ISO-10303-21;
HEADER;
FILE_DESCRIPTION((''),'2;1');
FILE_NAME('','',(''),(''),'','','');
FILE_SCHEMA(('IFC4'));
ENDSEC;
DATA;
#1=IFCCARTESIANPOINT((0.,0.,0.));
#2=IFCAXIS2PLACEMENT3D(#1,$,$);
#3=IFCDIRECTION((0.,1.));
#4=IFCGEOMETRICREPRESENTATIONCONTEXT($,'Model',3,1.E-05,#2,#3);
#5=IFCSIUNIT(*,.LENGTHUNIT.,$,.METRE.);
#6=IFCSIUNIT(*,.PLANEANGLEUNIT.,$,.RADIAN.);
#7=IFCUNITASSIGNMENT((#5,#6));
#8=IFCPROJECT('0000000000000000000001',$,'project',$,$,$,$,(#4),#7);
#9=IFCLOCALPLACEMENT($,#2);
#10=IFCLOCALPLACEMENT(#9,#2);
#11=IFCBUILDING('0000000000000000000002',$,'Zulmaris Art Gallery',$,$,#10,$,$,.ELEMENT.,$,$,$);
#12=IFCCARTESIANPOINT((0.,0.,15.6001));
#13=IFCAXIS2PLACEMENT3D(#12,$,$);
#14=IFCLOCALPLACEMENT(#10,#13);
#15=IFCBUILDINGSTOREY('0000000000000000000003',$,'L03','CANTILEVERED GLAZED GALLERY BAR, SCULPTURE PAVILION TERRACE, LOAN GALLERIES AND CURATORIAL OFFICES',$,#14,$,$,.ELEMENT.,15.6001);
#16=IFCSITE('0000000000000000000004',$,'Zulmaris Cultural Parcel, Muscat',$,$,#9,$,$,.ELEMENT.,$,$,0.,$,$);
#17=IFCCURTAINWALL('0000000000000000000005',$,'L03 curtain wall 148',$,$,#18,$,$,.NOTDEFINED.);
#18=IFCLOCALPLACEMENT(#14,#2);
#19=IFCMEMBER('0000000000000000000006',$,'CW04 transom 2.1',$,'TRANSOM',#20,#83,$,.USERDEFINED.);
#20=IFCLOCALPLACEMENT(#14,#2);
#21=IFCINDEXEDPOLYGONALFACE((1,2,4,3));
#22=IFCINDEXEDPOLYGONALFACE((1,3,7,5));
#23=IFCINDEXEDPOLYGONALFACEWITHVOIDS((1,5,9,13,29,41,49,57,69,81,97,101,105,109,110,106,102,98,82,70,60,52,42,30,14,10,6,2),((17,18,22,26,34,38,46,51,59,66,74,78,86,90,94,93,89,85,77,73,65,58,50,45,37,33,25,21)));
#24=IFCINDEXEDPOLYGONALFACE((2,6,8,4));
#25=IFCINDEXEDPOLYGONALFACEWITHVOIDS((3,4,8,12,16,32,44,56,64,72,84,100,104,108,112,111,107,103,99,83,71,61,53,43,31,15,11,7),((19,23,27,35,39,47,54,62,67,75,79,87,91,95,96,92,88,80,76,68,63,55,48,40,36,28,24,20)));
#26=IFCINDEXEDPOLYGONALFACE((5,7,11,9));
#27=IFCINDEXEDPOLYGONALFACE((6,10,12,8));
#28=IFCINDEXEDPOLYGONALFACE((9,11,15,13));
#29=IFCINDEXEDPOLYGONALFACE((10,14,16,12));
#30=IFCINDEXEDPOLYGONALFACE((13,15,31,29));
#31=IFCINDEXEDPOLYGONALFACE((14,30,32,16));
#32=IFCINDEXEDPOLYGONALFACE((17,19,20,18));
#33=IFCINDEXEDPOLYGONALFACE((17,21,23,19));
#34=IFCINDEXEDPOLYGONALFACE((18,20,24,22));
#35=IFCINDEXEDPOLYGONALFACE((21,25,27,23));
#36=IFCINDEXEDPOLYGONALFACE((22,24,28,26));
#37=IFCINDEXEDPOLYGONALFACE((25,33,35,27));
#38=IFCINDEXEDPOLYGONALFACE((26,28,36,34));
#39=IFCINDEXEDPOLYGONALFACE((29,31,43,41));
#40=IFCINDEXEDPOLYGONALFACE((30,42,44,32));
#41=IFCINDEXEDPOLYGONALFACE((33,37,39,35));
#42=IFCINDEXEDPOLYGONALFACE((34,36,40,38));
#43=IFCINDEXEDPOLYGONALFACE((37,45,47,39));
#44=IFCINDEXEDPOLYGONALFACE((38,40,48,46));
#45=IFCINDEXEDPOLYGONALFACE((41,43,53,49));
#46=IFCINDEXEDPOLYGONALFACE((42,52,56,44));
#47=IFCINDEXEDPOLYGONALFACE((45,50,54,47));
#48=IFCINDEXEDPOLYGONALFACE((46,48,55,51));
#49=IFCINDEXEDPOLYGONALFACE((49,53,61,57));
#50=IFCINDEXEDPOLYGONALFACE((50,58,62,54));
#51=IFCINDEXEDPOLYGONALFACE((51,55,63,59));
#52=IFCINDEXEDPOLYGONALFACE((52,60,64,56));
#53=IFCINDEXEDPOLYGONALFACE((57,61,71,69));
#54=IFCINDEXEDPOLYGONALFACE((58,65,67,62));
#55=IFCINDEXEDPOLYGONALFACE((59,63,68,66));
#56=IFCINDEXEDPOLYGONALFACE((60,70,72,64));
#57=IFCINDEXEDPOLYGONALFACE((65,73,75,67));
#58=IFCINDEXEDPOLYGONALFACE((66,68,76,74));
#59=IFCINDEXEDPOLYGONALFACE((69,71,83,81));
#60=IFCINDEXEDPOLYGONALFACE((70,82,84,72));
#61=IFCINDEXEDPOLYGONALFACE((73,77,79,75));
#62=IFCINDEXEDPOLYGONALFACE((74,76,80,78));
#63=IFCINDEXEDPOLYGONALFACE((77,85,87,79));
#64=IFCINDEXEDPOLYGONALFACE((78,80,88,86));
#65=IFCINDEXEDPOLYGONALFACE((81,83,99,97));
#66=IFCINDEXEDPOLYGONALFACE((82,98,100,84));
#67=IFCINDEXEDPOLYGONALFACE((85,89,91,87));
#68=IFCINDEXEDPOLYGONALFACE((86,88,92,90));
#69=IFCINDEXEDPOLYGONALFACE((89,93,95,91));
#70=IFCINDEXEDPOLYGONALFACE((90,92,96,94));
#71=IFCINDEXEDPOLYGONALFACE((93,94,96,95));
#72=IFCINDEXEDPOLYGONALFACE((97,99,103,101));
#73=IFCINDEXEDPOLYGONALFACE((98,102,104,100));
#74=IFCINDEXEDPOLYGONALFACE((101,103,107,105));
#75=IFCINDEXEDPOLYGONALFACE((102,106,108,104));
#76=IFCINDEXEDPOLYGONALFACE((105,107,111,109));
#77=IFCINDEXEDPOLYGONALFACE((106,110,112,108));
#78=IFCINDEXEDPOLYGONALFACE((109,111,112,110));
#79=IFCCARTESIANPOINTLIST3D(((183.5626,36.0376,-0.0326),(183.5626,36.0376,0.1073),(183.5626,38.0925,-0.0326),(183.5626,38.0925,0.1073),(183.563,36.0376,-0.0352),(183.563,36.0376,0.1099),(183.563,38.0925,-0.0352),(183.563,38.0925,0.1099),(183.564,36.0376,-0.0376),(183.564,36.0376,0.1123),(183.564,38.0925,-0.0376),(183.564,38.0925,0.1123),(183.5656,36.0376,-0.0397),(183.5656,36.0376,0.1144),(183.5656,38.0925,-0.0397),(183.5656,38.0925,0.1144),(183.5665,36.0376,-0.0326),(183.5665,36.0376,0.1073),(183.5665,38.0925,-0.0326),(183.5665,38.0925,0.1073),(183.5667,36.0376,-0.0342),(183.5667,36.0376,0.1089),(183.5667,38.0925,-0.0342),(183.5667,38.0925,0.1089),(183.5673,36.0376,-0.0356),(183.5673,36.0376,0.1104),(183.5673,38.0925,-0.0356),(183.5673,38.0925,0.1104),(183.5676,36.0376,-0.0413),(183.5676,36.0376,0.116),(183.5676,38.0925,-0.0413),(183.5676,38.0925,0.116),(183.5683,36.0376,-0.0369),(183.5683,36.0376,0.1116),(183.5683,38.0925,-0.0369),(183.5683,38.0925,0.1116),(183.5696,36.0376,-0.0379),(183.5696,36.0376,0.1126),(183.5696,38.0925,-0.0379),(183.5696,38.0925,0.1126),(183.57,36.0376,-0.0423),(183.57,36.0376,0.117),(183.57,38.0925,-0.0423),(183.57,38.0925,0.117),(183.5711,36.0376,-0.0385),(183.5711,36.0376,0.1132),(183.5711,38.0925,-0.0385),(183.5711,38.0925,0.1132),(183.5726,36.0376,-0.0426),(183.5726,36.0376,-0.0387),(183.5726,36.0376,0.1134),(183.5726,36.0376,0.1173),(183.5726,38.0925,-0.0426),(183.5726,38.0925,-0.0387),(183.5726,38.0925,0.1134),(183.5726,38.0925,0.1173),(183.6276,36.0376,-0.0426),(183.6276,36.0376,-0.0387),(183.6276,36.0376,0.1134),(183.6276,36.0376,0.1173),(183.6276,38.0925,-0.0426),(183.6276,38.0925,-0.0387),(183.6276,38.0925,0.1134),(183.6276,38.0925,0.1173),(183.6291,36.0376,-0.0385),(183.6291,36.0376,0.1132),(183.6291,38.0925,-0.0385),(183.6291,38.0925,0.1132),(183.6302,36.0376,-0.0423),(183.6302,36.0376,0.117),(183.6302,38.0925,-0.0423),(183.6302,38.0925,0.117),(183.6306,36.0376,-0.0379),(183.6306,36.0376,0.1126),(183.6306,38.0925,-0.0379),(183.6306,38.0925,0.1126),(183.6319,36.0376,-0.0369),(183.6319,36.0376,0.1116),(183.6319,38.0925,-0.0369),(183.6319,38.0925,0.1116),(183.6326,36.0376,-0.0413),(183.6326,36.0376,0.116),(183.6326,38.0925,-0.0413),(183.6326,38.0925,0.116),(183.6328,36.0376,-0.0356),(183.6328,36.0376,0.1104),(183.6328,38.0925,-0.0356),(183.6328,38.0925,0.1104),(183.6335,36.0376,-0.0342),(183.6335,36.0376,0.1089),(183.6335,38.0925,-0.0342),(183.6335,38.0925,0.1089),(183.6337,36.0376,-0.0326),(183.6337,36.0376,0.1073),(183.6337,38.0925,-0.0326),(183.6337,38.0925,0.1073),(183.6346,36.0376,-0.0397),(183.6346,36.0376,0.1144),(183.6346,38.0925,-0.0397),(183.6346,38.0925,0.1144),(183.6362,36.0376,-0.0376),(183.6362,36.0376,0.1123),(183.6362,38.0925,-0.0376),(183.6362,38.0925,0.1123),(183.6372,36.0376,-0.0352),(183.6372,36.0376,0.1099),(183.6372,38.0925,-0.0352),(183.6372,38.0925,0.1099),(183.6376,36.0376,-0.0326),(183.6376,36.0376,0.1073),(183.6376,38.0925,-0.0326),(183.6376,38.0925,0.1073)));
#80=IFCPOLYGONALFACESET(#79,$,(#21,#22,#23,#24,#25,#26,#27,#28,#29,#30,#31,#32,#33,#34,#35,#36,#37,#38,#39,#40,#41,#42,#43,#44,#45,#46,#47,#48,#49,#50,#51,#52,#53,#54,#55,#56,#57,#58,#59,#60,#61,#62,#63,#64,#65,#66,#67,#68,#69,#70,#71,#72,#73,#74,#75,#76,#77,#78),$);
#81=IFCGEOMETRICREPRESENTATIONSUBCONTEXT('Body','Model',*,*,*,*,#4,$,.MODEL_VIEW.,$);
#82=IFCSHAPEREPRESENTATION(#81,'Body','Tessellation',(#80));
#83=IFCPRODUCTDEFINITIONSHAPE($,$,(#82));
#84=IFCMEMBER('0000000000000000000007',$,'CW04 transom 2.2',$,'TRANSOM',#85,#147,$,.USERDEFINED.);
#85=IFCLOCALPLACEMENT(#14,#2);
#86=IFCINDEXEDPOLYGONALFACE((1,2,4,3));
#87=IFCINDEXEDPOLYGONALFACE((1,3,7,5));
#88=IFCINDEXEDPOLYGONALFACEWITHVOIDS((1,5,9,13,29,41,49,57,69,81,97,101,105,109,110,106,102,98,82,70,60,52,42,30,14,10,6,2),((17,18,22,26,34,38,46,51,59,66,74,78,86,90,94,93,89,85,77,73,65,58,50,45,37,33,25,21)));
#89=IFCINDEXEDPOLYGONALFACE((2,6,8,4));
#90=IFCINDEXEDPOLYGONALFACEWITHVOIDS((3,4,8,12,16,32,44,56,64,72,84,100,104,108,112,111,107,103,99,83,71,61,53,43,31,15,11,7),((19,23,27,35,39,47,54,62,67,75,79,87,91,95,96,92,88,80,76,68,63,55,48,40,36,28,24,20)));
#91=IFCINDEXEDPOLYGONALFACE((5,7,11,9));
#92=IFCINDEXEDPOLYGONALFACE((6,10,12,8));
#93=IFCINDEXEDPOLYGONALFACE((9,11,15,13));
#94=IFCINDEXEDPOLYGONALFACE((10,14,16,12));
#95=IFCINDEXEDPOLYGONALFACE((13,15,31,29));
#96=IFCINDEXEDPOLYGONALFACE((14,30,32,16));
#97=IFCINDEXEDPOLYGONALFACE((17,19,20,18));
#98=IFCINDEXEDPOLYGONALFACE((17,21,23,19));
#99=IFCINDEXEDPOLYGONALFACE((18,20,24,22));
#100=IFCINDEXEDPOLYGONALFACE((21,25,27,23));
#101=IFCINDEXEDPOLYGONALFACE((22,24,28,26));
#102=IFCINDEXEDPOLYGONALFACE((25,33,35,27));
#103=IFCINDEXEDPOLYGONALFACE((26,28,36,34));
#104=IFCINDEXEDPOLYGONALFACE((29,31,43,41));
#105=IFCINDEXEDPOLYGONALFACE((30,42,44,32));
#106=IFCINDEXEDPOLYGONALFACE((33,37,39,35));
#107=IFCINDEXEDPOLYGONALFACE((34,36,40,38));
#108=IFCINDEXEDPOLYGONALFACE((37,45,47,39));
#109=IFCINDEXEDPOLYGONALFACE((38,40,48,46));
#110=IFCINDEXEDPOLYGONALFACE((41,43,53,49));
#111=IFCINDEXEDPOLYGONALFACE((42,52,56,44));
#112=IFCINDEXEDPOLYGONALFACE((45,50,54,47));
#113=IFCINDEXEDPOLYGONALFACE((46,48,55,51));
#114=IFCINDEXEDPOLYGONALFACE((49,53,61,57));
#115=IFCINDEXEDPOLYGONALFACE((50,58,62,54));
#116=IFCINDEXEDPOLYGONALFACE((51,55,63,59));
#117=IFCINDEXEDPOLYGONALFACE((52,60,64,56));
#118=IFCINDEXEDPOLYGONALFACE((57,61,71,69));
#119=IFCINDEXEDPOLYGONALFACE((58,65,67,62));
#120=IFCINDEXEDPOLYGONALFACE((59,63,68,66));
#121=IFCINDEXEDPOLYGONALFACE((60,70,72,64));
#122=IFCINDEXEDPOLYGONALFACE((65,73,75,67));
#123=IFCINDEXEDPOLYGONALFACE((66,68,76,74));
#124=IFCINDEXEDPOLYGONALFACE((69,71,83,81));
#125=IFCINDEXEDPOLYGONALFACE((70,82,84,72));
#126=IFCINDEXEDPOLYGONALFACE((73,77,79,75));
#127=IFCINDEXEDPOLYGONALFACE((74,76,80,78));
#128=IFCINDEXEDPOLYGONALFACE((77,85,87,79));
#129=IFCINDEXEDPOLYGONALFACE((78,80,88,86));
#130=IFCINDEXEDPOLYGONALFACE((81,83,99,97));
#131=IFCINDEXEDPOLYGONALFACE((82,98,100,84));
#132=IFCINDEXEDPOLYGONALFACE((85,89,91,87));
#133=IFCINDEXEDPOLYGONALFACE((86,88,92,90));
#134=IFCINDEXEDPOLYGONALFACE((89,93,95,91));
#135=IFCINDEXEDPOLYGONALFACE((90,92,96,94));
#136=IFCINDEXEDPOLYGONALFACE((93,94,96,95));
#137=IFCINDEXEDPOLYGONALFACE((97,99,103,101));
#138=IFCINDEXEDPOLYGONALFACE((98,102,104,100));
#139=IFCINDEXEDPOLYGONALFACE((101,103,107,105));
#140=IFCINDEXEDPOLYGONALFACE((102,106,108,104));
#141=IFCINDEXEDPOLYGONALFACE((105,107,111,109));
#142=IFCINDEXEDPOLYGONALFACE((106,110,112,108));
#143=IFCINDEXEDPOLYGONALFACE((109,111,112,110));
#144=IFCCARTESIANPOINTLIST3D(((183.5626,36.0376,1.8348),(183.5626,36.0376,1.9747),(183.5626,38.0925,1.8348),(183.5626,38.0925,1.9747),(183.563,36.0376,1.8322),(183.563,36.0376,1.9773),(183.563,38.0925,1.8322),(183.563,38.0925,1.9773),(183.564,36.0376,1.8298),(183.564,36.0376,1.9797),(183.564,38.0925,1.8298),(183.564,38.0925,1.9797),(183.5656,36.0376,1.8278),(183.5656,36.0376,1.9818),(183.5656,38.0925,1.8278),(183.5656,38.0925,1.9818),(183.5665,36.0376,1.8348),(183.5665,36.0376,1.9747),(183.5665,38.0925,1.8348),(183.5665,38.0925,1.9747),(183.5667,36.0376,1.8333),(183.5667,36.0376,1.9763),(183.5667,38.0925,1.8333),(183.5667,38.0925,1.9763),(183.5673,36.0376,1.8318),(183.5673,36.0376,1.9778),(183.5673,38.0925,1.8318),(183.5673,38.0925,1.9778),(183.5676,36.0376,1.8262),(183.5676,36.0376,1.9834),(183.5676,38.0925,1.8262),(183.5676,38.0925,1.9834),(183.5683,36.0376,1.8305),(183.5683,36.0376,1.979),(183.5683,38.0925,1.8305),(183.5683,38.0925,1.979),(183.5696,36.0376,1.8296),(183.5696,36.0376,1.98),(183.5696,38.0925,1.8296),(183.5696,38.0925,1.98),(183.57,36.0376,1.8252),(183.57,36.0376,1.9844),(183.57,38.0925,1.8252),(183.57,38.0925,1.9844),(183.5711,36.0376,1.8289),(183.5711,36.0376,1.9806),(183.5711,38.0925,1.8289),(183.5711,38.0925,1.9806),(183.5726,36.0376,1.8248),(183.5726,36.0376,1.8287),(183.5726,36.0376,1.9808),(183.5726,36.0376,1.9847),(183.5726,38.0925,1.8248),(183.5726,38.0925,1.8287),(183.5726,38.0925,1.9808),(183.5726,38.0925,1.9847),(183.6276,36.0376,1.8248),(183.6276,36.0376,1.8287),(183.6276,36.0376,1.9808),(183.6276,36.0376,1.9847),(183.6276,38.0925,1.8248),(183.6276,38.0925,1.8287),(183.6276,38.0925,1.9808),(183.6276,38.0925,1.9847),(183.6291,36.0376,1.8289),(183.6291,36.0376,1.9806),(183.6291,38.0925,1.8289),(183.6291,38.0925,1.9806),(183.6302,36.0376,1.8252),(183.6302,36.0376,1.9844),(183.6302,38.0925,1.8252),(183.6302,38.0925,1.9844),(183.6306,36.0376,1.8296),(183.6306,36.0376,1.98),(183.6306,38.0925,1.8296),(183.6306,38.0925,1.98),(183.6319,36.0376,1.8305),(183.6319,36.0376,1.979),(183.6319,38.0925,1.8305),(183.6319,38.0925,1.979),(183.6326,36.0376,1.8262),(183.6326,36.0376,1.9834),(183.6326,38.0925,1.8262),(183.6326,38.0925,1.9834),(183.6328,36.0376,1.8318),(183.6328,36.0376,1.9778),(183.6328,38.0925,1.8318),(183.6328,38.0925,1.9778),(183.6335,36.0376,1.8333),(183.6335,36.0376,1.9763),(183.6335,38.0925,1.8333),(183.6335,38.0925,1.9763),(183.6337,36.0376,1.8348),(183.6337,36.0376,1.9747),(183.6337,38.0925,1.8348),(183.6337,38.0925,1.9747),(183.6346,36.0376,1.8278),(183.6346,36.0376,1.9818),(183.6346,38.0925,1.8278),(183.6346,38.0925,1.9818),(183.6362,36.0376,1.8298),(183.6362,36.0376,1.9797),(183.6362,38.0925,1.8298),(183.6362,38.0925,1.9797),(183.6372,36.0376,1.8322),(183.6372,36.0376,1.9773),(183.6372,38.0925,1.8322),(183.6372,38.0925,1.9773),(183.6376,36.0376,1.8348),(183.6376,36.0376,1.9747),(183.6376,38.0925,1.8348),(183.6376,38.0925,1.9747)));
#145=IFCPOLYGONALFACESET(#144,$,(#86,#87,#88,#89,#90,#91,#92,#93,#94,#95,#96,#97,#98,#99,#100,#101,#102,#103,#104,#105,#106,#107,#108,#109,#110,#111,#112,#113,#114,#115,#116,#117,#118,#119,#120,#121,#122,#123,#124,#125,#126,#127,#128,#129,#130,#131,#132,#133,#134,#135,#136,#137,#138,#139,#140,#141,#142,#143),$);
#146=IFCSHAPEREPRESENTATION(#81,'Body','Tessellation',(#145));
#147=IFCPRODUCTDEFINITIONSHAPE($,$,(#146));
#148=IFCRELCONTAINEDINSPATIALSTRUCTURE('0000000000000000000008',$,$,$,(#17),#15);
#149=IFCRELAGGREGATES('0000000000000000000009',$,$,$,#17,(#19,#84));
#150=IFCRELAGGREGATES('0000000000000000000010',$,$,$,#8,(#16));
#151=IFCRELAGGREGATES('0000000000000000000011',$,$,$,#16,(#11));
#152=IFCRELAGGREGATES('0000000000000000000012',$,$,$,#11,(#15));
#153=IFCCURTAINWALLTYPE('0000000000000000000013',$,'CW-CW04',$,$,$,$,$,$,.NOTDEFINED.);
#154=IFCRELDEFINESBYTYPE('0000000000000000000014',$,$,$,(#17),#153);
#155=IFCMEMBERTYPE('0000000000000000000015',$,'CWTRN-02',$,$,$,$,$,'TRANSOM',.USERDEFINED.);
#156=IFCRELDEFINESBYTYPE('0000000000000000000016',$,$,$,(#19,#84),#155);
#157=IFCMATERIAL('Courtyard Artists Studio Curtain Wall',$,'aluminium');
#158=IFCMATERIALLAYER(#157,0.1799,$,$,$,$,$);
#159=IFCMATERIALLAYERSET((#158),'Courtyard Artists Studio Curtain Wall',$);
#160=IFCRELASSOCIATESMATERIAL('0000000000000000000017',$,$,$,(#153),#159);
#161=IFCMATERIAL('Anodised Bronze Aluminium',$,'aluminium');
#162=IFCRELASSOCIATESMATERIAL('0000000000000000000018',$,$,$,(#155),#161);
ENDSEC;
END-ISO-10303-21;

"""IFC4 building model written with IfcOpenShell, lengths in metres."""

from ifc_helpers import new_model, si_unit, direction, frame, origin, origin_2d, place, context, subcontext, project, spatial, hollow_rectangle, extrude, material, layer, layer_set, material_profile, profile_set, type_object, element, aggregate, save


model = new_model("IFC4")

# Units and contexts
model_context = context("Model", 3, precision=1e-05, world=origin(), true_north=direction((0.0, 1.0)))
body_context = subcontext(model_context, "Body", "Model", "MODEL_VIEW")
ifc_project = project(units=[si_unit("LENGTHUNIT", "METRE"), si_unit("PLANEANGLEUNIT", "RADIAN")], contexts=[model_context])

# Site, building, storey
site_placement = place(None, origin())
site = spatial("IfcSite", under=ifc_project, at=site_placement, Name="Zulmaris Cultural Parcel, Muscat", CompositionType="ELEMENT", RefElevation=0.0)
building_placement = place(site_placement, origin())
building = spatial("IfcBuilding", under=site, at=building_placement, Name="Zulmaris Art Gallery", CompositionType="ELEMENT")
storey_placement = place(building_placement, frame((0.0, 0.0, 15.6001)))
storey = spatial("IfcBuildingStorey", under=building, at=storey_placement, Name="L03", Description="CANTILEVERED GLAZED GALLERY BAR, SCULPTURE PAVILION TERRACE, LOAN GALLERIES AND CURATORIAL OFFICES", CompositionType="ELEMENT", Elevation=15.6001)

# Curtain wall
ifc_material_1 = material(Name="Courtyard Artists Studio Curtain Wall", Category="aluminium")
ifc_layer_1 = layer(ifc_material_1, 0.1799)
ifc_layer_set_1 = layer_set([ifc_layer_1], Name="Courtyard Artists Studio Curtain Wall")
curtain_wall_type = type_object("IfcCurtainWallType", Name="CW-CW04", PredefinedType="NOTDEFINED", material=ifc_layer_set_1)
curtain_wall_1_placement = place(storey_placement, origin())
curtain_wall_1 = element("IfcCurtainWall", 1, at=curtain_wall_1_placement, inside=storey, type_object=curtain_wall_type, Name="L03 curtain wall 148", PredefinedType="NOTDEFINED")
ifc_material_2 = material(Name="Anodised Bronze Aluminium", Category="aluminium")

# Members
ifc_material_profile_1 = material_profile(ifc_material_2, hollow_rectangle(XDim=0.075, YDim=0.1599, WallThickness=0.0039, InnerFilletRadius=0.0061, OuterFilletRadius=0.01, at=origin_2d()), Name="ALU 75x160x4")
ifc_profile_set_1 = profile_set([ifc_material_profile_1], Name="Anodised Bronze Aluminium")
member_type_1 = type_object("IfcMemberType", Name="CWTRN-02", ElementType="TRANSOM", PredefinedType="USERDEFINED", material=ifc_profile_set_1)
member_1_placement = place(storey_placement, frame((183.6001, 38.0925, 0.0374), z_axis=(0.0, -1.0, 0.0), x_axis=(1.0, 0.0, 0.0)))
member_1 = element("IfcMember", 2, at=member_1_placement, type_object=member_type_1, Name="CW04 transom 2.1", ObjectType="TRANSOM", PredefinedType="USERDEFINED", context=body_context, shape_type="SweptSolid", body=[
    extrude(hollow_rectangle(XDim=0.075, YDim=0.1599, WallThickness=0.0039, InnerFilletRadius=0.0061, OuterFilletRadius=0.01, at=origin_2d()), origin(), (0.0, 0.0, 1.0), 2.0549),
])
member_2_placement = place(storey_placement, frame((183.6001, 38.0925, 1.9048), z_axis=(0.0, -1.0, 0.0), x_axis=(1.0, 0.0, 0.0)))
member_2 = element("IfcMember", 3, at=member_2_placement, type_object=member_type_1, Name="CW04 transom 2.2", ObjectType="TRANSOM", PredefinedType="USERDEFINED", context=body_context, shape_type="SweptSolid", body=[
    extrude(hollow_rectangle(XDim=0.075, YDim=0.1599, WallThickness=0.0039, InnerFilletRadius=0.0061, OuterFilletRadius=0.01, at=origin_2d()), origin(), (0.0, 0.0, 1.0), 2.0549),
])

aggregate(curtain_wall_1, [member_1, member_2])

save(model, "model.ifc")
